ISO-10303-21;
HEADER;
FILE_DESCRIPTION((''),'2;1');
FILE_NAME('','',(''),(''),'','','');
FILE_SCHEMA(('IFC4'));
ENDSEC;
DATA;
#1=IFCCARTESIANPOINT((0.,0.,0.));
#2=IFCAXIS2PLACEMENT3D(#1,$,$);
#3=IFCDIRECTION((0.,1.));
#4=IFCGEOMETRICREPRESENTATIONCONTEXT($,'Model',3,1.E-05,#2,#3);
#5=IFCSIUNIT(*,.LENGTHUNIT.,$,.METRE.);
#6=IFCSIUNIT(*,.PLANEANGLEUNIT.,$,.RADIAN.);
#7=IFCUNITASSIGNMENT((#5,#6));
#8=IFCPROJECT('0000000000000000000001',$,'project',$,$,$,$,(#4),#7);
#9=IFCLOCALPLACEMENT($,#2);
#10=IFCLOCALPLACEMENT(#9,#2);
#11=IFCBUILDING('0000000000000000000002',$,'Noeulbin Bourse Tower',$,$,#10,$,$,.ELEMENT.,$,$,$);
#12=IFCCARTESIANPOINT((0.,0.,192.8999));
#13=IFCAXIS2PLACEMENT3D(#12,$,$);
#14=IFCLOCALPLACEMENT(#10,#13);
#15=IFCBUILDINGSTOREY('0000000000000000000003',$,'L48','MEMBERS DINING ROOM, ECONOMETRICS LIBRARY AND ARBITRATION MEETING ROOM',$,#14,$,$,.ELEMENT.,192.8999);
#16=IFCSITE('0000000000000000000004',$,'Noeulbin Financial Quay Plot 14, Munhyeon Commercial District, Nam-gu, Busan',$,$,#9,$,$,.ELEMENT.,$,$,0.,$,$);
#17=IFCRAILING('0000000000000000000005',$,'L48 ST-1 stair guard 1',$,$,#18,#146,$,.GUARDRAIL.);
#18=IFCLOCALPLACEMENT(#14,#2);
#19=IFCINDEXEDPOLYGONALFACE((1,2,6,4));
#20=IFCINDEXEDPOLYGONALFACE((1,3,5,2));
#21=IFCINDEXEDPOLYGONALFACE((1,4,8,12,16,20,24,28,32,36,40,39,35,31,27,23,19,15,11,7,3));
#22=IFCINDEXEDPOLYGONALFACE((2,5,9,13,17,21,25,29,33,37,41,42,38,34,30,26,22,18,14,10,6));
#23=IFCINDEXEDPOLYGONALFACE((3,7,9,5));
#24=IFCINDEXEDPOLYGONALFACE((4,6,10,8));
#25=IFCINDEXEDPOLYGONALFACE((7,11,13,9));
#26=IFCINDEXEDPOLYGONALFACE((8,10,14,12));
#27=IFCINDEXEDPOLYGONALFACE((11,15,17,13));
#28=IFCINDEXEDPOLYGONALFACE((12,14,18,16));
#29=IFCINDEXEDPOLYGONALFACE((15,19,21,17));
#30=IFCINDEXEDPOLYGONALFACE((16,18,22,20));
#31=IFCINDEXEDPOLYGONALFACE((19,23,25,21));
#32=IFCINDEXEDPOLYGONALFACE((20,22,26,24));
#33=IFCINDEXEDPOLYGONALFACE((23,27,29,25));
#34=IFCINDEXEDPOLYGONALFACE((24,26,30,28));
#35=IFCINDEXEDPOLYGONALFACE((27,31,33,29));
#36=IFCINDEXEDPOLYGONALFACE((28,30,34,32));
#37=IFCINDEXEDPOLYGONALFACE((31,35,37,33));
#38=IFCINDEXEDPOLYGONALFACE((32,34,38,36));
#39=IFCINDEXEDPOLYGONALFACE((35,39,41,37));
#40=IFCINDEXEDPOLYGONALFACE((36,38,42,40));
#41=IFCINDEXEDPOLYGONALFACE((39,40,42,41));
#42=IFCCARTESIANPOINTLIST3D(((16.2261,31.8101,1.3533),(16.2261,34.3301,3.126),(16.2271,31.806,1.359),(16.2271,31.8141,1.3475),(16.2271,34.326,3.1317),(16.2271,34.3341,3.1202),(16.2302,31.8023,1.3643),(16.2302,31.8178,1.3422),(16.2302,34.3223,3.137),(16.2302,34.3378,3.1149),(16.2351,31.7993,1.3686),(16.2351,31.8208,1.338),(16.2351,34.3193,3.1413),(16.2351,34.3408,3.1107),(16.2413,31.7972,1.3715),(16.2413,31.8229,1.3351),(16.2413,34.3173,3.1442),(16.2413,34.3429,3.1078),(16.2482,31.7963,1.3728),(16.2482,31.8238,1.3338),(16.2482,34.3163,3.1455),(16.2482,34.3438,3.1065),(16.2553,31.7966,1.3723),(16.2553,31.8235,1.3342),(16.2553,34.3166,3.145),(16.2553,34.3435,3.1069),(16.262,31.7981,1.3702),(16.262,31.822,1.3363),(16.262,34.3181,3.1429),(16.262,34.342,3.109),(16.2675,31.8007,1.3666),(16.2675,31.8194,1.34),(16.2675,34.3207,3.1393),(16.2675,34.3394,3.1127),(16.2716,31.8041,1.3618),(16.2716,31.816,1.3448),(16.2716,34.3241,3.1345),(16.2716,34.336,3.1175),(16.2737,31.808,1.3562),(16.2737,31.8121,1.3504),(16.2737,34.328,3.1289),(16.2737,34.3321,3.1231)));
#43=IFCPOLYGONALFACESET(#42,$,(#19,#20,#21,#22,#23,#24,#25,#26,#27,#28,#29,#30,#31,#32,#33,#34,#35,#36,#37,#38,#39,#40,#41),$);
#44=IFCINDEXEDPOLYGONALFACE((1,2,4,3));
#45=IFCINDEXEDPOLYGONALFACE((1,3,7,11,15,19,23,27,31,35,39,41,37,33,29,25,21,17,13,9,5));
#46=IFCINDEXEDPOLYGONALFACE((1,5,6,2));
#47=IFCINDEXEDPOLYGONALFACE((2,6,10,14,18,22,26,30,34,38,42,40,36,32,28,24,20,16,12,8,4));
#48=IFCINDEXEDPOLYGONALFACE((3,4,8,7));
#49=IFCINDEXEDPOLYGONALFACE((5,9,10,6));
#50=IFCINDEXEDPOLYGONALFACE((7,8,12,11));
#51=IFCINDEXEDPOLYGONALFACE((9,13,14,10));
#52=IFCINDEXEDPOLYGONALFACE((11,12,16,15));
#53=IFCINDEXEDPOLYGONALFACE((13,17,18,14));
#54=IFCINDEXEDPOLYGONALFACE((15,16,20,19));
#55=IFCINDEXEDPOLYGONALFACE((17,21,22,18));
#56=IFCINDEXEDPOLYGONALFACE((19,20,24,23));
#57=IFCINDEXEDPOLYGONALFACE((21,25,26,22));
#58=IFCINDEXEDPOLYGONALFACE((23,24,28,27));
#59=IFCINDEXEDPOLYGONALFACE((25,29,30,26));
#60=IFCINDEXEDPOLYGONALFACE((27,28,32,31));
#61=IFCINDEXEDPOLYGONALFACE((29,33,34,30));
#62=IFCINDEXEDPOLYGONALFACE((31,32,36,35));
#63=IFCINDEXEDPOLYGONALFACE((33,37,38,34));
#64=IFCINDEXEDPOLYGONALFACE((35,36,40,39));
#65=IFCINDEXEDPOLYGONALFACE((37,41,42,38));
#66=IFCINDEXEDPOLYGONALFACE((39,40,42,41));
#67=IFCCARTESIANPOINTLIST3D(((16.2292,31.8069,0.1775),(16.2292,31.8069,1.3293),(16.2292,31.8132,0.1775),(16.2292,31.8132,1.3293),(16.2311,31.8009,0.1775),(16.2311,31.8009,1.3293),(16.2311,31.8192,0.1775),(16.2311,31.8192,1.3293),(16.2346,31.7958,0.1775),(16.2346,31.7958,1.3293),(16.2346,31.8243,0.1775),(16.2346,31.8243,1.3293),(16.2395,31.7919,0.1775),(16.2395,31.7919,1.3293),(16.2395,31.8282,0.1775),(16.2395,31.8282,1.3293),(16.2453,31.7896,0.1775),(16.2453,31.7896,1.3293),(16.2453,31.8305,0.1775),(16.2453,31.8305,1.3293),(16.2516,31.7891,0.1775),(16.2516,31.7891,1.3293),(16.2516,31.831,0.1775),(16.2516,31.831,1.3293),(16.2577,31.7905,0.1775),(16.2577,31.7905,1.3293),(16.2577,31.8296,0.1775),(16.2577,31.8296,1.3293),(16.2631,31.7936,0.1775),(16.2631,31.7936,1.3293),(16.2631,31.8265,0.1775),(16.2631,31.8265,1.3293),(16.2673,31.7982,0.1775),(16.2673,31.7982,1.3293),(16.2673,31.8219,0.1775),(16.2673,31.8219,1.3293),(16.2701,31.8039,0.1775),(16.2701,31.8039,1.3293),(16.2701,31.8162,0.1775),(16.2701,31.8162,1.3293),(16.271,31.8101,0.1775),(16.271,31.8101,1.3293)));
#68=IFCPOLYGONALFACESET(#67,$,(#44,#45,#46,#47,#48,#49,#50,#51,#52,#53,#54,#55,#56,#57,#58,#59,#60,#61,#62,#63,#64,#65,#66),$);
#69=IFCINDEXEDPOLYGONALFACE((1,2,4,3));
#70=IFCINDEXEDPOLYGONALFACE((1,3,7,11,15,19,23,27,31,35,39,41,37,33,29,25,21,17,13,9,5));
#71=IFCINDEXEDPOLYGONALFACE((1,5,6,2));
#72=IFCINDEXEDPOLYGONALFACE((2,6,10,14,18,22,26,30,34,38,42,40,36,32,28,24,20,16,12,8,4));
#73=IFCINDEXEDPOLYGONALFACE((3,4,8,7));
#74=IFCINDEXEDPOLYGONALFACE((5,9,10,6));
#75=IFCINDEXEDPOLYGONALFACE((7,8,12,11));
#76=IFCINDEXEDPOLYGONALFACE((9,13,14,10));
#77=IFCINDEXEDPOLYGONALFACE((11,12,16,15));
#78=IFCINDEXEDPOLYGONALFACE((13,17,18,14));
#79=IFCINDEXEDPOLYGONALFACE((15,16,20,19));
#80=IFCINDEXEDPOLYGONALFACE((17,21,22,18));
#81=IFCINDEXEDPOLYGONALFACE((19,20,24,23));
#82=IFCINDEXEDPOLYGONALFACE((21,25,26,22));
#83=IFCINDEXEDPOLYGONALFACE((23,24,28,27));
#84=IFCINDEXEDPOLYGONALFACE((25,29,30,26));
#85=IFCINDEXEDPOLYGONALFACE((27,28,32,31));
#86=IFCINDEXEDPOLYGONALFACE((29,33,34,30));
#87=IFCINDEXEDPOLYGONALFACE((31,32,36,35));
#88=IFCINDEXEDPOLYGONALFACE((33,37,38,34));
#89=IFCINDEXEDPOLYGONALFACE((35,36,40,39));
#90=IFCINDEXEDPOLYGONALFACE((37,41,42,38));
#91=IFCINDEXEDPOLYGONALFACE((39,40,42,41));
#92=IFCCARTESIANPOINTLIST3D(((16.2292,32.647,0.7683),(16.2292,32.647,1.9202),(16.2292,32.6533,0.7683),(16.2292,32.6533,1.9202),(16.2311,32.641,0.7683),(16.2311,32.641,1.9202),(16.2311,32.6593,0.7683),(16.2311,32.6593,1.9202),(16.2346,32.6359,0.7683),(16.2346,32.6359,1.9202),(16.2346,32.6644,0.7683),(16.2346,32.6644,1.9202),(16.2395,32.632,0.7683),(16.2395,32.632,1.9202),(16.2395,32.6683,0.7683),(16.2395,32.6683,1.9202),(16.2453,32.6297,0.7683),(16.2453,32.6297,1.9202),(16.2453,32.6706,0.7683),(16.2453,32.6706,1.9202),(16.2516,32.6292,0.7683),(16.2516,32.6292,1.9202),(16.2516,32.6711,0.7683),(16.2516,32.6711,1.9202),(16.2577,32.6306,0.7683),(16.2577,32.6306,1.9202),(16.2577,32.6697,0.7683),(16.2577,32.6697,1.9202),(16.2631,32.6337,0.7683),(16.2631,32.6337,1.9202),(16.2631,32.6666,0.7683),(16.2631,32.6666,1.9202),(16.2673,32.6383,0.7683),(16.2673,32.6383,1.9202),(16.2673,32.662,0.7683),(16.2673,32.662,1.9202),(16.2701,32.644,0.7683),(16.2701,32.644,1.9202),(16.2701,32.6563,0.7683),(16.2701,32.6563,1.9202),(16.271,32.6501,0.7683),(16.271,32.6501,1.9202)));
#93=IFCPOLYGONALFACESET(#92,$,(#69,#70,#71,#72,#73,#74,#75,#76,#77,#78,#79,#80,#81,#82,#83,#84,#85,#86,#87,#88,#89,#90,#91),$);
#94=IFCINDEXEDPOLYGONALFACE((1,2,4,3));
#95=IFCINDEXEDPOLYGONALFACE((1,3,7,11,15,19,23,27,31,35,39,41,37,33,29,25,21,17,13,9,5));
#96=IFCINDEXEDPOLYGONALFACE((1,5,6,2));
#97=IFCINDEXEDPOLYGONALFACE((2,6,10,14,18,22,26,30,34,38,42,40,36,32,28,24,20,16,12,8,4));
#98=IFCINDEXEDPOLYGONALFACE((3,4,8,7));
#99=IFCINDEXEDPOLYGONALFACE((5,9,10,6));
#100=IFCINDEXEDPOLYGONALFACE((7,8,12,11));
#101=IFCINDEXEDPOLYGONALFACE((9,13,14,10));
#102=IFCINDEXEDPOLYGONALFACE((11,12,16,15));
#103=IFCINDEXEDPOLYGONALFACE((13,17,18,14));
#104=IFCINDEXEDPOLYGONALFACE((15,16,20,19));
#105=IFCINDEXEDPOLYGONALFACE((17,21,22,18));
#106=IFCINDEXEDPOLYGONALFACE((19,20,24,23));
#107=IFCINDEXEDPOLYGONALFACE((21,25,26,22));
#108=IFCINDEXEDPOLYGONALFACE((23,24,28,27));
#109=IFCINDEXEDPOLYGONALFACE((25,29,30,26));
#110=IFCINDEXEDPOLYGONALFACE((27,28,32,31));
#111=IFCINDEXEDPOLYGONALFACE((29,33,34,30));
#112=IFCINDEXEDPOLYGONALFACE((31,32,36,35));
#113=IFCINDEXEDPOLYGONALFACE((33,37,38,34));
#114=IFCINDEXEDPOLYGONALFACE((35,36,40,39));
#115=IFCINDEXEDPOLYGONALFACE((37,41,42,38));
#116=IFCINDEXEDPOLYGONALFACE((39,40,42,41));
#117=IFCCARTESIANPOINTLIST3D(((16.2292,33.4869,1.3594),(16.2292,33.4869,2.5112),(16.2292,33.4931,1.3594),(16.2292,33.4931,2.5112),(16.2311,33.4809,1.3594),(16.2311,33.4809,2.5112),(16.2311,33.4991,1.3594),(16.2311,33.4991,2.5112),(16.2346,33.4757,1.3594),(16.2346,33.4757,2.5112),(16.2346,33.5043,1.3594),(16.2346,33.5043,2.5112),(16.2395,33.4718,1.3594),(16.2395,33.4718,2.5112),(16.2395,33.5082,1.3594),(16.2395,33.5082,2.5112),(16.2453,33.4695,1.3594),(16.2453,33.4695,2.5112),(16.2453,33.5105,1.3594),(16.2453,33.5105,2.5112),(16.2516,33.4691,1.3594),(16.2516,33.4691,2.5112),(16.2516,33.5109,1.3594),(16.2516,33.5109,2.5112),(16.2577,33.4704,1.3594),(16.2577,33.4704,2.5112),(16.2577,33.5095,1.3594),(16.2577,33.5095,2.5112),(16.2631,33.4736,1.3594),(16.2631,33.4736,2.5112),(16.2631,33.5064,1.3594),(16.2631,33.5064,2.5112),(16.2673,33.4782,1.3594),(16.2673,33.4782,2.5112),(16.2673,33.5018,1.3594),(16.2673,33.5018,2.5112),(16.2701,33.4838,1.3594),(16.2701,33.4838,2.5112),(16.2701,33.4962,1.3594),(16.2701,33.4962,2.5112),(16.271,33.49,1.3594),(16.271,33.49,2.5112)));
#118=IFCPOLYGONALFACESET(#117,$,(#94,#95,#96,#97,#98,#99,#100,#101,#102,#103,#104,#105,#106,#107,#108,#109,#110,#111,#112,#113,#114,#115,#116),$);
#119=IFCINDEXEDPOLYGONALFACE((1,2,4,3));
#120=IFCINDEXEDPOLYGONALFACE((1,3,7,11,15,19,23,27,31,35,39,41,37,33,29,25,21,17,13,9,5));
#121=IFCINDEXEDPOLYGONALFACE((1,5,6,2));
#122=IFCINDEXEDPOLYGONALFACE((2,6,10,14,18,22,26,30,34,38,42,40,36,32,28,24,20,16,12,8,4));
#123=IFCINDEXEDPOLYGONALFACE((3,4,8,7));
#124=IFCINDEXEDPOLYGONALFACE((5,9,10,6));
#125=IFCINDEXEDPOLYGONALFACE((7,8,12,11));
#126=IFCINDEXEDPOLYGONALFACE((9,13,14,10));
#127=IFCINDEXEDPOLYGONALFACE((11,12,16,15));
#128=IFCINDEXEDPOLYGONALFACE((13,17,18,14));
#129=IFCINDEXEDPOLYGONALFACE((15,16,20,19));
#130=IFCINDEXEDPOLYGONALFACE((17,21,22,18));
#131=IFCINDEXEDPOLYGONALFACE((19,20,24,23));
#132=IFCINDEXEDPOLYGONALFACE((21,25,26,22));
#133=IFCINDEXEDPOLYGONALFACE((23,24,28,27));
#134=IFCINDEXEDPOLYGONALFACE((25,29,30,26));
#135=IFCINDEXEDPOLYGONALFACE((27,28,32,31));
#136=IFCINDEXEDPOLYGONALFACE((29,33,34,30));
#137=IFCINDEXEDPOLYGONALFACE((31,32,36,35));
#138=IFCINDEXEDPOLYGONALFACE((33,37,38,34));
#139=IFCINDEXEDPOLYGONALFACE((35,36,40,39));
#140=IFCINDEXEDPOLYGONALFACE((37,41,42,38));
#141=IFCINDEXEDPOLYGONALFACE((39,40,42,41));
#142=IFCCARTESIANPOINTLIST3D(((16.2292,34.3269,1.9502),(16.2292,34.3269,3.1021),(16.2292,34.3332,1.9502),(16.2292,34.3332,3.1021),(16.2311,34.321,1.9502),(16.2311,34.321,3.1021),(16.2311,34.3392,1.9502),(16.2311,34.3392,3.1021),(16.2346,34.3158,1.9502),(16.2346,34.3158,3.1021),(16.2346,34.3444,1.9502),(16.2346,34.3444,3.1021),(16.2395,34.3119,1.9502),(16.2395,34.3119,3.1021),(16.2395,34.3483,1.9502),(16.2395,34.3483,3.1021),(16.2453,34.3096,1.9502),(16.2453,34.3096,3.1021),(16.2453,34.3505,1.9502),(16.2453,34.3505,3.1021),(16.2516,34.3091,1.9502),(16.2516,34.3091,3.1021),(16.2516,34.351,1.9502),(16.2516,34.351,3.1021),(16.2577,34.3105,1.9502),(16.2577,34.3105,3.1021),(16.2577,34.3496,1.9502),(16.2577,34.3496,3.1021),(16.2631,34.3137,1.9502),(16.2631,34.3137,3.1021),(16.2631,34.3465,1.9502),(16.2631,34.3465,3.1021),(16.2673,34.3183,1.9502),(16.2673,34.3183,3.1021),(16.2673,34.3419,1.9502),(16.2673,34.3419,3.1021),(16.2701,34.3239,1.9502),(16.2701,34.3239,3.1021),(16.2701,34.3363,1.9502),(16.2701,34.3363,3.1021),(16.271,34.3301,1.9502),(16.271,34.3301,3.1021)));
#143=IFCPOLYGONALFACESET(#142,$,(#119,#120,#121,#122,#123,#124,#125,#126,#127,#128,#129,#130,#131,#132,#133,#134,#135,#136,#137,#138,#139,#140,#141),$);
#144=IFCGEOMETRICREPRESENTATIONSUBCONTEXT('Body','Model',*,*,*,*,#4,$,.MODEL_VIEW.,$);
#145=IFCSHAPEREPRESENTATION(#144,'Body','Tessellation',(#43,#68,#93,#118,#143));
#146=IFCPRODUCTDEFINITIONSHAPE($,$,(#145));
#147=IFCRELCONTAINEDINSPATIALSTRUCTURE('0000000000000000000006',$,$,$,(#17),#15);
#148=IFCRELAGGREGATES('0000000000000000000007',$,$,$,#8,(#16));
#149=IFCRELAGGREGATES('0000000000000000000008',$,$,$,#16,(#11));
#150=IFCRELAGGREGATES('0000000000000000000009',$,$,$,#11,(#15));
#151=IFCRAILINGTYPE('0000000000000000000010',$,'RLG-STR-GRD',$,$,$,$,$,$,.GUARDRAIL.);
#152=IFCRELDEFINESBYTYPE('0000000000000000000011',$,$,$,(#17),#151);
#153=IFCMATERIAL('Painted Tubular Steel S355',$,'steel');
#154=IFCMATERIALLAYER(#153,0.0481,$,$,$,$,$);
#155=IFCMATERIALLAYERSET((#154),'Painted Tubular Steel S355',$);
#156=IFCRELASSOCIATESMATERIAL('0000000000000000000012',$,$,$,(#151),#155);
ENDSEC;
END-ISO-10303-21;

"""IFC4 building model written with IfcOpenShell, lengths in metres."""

from ifc_helpers import new_model, si_unit, direction, frame, origin, origin_2d, place, context, subcontext, project, spatial, circle, extrude, material, layer, layer_set, type_object, element, save


model = new_model("IFC4")

# Units and contexts
model_context = context("Model", 3, precision=1e-05, world=origin(), true_north=direction((0.0, 1.0)))
body_context = subcontext(model_context, "Body", "Model", "MODEL_VIEW")
ifc_project = project(units=[si_unit("LENGTHUNIT", "METRE"), si_unit("PLANEANGLEUNIT", "RADIAN")], contexts=[model_context])

# Site, building, storey
site_placement = place(None, origin())
site = spatial("IfcSite", under=ifc_project, at=site_placement, Name="Noeulbin Financial Quay Plot 14, Munhyeon Commercial District, Nam-gu, Busan", CompositionType="ELEMENT", RefElevation=0.0)
building_placement = place(site_placement, origin())
building = spatial("IfcBuilding", under=site, at=building_placement, Name="Noeulbin Bourse Tower", CompositionType="ELEMENT")
storey_placement = place(building_placement, frame((0.0, 0.0, 192.8999)))
storey = spatial("IfcBuildingStorey", under=building, at=storey_placement, Name="L48", Description="MEMBERS DINING ROOM, ECONOMETRICS LIBRARY AND ARBITRATION MEETING ROOM", CompositionType="ELEMENT", Elevation=192.8999)

# Railing
ifc_material_1 = material(Name="Painted Tubular Steel S355", Category="steel")
ifc_layer_1 = layer(ifc_material_1, 0.0481)
ifc_layer_set_1 = layer_set([ifc_layer_1], Name="Painted Tubular Steel S355")
railing_type_1 = type_object("IfcRailingType", Name="RLG-STR-GRD", PredefinedType="GUARDRAIL", material=ifc_layer_set_1)
railing_1_placement = place(storey_placement, frame((16.25, 31.8101, 0.1775)))
element("IfcRailing", 1, at=railing_1_placement, inside=storey, type_object=railing_type_1, Name="L48 ST-1 stair guard 1", PredefinedType="GUARDRAIL", context=body_context, shape_type="SweptSolid", body=[
    extrude(circle(Radius=0.0239, at=origin_2d()), frame((0.0, 0.0, 1.1758), z_axis=(0.0, 0.817904, 0.575354), x_axis=(-1.0, 0.0, 0.0)), (0.0, 0.0, 1.0), 3.0811),
    extrude(circle(Radius=0.021, at=origin_2d()), origin(), (0.0, 0.0, 1.0), 1.1519),
    extrude(circle(Radius=0.021, at=origin_2d()), frame((0.0, 0.8401, 0.5908)), (0.0, 0.0, 1.0), 1.1519),
    extrude(circle(Radius=0.021, at=origin_2d()), frame((0.0, 1.6799, 1.1819)), (0.0, 0.0, 1.0), 1.1519),
    extrude(circle(Radius=0.021, at=origin_2d()), frame((0.0, 2.52, 1.7727)), (0.0, 0.0, 1.0), 1.1519),
])

save(model, "model.ifc")
